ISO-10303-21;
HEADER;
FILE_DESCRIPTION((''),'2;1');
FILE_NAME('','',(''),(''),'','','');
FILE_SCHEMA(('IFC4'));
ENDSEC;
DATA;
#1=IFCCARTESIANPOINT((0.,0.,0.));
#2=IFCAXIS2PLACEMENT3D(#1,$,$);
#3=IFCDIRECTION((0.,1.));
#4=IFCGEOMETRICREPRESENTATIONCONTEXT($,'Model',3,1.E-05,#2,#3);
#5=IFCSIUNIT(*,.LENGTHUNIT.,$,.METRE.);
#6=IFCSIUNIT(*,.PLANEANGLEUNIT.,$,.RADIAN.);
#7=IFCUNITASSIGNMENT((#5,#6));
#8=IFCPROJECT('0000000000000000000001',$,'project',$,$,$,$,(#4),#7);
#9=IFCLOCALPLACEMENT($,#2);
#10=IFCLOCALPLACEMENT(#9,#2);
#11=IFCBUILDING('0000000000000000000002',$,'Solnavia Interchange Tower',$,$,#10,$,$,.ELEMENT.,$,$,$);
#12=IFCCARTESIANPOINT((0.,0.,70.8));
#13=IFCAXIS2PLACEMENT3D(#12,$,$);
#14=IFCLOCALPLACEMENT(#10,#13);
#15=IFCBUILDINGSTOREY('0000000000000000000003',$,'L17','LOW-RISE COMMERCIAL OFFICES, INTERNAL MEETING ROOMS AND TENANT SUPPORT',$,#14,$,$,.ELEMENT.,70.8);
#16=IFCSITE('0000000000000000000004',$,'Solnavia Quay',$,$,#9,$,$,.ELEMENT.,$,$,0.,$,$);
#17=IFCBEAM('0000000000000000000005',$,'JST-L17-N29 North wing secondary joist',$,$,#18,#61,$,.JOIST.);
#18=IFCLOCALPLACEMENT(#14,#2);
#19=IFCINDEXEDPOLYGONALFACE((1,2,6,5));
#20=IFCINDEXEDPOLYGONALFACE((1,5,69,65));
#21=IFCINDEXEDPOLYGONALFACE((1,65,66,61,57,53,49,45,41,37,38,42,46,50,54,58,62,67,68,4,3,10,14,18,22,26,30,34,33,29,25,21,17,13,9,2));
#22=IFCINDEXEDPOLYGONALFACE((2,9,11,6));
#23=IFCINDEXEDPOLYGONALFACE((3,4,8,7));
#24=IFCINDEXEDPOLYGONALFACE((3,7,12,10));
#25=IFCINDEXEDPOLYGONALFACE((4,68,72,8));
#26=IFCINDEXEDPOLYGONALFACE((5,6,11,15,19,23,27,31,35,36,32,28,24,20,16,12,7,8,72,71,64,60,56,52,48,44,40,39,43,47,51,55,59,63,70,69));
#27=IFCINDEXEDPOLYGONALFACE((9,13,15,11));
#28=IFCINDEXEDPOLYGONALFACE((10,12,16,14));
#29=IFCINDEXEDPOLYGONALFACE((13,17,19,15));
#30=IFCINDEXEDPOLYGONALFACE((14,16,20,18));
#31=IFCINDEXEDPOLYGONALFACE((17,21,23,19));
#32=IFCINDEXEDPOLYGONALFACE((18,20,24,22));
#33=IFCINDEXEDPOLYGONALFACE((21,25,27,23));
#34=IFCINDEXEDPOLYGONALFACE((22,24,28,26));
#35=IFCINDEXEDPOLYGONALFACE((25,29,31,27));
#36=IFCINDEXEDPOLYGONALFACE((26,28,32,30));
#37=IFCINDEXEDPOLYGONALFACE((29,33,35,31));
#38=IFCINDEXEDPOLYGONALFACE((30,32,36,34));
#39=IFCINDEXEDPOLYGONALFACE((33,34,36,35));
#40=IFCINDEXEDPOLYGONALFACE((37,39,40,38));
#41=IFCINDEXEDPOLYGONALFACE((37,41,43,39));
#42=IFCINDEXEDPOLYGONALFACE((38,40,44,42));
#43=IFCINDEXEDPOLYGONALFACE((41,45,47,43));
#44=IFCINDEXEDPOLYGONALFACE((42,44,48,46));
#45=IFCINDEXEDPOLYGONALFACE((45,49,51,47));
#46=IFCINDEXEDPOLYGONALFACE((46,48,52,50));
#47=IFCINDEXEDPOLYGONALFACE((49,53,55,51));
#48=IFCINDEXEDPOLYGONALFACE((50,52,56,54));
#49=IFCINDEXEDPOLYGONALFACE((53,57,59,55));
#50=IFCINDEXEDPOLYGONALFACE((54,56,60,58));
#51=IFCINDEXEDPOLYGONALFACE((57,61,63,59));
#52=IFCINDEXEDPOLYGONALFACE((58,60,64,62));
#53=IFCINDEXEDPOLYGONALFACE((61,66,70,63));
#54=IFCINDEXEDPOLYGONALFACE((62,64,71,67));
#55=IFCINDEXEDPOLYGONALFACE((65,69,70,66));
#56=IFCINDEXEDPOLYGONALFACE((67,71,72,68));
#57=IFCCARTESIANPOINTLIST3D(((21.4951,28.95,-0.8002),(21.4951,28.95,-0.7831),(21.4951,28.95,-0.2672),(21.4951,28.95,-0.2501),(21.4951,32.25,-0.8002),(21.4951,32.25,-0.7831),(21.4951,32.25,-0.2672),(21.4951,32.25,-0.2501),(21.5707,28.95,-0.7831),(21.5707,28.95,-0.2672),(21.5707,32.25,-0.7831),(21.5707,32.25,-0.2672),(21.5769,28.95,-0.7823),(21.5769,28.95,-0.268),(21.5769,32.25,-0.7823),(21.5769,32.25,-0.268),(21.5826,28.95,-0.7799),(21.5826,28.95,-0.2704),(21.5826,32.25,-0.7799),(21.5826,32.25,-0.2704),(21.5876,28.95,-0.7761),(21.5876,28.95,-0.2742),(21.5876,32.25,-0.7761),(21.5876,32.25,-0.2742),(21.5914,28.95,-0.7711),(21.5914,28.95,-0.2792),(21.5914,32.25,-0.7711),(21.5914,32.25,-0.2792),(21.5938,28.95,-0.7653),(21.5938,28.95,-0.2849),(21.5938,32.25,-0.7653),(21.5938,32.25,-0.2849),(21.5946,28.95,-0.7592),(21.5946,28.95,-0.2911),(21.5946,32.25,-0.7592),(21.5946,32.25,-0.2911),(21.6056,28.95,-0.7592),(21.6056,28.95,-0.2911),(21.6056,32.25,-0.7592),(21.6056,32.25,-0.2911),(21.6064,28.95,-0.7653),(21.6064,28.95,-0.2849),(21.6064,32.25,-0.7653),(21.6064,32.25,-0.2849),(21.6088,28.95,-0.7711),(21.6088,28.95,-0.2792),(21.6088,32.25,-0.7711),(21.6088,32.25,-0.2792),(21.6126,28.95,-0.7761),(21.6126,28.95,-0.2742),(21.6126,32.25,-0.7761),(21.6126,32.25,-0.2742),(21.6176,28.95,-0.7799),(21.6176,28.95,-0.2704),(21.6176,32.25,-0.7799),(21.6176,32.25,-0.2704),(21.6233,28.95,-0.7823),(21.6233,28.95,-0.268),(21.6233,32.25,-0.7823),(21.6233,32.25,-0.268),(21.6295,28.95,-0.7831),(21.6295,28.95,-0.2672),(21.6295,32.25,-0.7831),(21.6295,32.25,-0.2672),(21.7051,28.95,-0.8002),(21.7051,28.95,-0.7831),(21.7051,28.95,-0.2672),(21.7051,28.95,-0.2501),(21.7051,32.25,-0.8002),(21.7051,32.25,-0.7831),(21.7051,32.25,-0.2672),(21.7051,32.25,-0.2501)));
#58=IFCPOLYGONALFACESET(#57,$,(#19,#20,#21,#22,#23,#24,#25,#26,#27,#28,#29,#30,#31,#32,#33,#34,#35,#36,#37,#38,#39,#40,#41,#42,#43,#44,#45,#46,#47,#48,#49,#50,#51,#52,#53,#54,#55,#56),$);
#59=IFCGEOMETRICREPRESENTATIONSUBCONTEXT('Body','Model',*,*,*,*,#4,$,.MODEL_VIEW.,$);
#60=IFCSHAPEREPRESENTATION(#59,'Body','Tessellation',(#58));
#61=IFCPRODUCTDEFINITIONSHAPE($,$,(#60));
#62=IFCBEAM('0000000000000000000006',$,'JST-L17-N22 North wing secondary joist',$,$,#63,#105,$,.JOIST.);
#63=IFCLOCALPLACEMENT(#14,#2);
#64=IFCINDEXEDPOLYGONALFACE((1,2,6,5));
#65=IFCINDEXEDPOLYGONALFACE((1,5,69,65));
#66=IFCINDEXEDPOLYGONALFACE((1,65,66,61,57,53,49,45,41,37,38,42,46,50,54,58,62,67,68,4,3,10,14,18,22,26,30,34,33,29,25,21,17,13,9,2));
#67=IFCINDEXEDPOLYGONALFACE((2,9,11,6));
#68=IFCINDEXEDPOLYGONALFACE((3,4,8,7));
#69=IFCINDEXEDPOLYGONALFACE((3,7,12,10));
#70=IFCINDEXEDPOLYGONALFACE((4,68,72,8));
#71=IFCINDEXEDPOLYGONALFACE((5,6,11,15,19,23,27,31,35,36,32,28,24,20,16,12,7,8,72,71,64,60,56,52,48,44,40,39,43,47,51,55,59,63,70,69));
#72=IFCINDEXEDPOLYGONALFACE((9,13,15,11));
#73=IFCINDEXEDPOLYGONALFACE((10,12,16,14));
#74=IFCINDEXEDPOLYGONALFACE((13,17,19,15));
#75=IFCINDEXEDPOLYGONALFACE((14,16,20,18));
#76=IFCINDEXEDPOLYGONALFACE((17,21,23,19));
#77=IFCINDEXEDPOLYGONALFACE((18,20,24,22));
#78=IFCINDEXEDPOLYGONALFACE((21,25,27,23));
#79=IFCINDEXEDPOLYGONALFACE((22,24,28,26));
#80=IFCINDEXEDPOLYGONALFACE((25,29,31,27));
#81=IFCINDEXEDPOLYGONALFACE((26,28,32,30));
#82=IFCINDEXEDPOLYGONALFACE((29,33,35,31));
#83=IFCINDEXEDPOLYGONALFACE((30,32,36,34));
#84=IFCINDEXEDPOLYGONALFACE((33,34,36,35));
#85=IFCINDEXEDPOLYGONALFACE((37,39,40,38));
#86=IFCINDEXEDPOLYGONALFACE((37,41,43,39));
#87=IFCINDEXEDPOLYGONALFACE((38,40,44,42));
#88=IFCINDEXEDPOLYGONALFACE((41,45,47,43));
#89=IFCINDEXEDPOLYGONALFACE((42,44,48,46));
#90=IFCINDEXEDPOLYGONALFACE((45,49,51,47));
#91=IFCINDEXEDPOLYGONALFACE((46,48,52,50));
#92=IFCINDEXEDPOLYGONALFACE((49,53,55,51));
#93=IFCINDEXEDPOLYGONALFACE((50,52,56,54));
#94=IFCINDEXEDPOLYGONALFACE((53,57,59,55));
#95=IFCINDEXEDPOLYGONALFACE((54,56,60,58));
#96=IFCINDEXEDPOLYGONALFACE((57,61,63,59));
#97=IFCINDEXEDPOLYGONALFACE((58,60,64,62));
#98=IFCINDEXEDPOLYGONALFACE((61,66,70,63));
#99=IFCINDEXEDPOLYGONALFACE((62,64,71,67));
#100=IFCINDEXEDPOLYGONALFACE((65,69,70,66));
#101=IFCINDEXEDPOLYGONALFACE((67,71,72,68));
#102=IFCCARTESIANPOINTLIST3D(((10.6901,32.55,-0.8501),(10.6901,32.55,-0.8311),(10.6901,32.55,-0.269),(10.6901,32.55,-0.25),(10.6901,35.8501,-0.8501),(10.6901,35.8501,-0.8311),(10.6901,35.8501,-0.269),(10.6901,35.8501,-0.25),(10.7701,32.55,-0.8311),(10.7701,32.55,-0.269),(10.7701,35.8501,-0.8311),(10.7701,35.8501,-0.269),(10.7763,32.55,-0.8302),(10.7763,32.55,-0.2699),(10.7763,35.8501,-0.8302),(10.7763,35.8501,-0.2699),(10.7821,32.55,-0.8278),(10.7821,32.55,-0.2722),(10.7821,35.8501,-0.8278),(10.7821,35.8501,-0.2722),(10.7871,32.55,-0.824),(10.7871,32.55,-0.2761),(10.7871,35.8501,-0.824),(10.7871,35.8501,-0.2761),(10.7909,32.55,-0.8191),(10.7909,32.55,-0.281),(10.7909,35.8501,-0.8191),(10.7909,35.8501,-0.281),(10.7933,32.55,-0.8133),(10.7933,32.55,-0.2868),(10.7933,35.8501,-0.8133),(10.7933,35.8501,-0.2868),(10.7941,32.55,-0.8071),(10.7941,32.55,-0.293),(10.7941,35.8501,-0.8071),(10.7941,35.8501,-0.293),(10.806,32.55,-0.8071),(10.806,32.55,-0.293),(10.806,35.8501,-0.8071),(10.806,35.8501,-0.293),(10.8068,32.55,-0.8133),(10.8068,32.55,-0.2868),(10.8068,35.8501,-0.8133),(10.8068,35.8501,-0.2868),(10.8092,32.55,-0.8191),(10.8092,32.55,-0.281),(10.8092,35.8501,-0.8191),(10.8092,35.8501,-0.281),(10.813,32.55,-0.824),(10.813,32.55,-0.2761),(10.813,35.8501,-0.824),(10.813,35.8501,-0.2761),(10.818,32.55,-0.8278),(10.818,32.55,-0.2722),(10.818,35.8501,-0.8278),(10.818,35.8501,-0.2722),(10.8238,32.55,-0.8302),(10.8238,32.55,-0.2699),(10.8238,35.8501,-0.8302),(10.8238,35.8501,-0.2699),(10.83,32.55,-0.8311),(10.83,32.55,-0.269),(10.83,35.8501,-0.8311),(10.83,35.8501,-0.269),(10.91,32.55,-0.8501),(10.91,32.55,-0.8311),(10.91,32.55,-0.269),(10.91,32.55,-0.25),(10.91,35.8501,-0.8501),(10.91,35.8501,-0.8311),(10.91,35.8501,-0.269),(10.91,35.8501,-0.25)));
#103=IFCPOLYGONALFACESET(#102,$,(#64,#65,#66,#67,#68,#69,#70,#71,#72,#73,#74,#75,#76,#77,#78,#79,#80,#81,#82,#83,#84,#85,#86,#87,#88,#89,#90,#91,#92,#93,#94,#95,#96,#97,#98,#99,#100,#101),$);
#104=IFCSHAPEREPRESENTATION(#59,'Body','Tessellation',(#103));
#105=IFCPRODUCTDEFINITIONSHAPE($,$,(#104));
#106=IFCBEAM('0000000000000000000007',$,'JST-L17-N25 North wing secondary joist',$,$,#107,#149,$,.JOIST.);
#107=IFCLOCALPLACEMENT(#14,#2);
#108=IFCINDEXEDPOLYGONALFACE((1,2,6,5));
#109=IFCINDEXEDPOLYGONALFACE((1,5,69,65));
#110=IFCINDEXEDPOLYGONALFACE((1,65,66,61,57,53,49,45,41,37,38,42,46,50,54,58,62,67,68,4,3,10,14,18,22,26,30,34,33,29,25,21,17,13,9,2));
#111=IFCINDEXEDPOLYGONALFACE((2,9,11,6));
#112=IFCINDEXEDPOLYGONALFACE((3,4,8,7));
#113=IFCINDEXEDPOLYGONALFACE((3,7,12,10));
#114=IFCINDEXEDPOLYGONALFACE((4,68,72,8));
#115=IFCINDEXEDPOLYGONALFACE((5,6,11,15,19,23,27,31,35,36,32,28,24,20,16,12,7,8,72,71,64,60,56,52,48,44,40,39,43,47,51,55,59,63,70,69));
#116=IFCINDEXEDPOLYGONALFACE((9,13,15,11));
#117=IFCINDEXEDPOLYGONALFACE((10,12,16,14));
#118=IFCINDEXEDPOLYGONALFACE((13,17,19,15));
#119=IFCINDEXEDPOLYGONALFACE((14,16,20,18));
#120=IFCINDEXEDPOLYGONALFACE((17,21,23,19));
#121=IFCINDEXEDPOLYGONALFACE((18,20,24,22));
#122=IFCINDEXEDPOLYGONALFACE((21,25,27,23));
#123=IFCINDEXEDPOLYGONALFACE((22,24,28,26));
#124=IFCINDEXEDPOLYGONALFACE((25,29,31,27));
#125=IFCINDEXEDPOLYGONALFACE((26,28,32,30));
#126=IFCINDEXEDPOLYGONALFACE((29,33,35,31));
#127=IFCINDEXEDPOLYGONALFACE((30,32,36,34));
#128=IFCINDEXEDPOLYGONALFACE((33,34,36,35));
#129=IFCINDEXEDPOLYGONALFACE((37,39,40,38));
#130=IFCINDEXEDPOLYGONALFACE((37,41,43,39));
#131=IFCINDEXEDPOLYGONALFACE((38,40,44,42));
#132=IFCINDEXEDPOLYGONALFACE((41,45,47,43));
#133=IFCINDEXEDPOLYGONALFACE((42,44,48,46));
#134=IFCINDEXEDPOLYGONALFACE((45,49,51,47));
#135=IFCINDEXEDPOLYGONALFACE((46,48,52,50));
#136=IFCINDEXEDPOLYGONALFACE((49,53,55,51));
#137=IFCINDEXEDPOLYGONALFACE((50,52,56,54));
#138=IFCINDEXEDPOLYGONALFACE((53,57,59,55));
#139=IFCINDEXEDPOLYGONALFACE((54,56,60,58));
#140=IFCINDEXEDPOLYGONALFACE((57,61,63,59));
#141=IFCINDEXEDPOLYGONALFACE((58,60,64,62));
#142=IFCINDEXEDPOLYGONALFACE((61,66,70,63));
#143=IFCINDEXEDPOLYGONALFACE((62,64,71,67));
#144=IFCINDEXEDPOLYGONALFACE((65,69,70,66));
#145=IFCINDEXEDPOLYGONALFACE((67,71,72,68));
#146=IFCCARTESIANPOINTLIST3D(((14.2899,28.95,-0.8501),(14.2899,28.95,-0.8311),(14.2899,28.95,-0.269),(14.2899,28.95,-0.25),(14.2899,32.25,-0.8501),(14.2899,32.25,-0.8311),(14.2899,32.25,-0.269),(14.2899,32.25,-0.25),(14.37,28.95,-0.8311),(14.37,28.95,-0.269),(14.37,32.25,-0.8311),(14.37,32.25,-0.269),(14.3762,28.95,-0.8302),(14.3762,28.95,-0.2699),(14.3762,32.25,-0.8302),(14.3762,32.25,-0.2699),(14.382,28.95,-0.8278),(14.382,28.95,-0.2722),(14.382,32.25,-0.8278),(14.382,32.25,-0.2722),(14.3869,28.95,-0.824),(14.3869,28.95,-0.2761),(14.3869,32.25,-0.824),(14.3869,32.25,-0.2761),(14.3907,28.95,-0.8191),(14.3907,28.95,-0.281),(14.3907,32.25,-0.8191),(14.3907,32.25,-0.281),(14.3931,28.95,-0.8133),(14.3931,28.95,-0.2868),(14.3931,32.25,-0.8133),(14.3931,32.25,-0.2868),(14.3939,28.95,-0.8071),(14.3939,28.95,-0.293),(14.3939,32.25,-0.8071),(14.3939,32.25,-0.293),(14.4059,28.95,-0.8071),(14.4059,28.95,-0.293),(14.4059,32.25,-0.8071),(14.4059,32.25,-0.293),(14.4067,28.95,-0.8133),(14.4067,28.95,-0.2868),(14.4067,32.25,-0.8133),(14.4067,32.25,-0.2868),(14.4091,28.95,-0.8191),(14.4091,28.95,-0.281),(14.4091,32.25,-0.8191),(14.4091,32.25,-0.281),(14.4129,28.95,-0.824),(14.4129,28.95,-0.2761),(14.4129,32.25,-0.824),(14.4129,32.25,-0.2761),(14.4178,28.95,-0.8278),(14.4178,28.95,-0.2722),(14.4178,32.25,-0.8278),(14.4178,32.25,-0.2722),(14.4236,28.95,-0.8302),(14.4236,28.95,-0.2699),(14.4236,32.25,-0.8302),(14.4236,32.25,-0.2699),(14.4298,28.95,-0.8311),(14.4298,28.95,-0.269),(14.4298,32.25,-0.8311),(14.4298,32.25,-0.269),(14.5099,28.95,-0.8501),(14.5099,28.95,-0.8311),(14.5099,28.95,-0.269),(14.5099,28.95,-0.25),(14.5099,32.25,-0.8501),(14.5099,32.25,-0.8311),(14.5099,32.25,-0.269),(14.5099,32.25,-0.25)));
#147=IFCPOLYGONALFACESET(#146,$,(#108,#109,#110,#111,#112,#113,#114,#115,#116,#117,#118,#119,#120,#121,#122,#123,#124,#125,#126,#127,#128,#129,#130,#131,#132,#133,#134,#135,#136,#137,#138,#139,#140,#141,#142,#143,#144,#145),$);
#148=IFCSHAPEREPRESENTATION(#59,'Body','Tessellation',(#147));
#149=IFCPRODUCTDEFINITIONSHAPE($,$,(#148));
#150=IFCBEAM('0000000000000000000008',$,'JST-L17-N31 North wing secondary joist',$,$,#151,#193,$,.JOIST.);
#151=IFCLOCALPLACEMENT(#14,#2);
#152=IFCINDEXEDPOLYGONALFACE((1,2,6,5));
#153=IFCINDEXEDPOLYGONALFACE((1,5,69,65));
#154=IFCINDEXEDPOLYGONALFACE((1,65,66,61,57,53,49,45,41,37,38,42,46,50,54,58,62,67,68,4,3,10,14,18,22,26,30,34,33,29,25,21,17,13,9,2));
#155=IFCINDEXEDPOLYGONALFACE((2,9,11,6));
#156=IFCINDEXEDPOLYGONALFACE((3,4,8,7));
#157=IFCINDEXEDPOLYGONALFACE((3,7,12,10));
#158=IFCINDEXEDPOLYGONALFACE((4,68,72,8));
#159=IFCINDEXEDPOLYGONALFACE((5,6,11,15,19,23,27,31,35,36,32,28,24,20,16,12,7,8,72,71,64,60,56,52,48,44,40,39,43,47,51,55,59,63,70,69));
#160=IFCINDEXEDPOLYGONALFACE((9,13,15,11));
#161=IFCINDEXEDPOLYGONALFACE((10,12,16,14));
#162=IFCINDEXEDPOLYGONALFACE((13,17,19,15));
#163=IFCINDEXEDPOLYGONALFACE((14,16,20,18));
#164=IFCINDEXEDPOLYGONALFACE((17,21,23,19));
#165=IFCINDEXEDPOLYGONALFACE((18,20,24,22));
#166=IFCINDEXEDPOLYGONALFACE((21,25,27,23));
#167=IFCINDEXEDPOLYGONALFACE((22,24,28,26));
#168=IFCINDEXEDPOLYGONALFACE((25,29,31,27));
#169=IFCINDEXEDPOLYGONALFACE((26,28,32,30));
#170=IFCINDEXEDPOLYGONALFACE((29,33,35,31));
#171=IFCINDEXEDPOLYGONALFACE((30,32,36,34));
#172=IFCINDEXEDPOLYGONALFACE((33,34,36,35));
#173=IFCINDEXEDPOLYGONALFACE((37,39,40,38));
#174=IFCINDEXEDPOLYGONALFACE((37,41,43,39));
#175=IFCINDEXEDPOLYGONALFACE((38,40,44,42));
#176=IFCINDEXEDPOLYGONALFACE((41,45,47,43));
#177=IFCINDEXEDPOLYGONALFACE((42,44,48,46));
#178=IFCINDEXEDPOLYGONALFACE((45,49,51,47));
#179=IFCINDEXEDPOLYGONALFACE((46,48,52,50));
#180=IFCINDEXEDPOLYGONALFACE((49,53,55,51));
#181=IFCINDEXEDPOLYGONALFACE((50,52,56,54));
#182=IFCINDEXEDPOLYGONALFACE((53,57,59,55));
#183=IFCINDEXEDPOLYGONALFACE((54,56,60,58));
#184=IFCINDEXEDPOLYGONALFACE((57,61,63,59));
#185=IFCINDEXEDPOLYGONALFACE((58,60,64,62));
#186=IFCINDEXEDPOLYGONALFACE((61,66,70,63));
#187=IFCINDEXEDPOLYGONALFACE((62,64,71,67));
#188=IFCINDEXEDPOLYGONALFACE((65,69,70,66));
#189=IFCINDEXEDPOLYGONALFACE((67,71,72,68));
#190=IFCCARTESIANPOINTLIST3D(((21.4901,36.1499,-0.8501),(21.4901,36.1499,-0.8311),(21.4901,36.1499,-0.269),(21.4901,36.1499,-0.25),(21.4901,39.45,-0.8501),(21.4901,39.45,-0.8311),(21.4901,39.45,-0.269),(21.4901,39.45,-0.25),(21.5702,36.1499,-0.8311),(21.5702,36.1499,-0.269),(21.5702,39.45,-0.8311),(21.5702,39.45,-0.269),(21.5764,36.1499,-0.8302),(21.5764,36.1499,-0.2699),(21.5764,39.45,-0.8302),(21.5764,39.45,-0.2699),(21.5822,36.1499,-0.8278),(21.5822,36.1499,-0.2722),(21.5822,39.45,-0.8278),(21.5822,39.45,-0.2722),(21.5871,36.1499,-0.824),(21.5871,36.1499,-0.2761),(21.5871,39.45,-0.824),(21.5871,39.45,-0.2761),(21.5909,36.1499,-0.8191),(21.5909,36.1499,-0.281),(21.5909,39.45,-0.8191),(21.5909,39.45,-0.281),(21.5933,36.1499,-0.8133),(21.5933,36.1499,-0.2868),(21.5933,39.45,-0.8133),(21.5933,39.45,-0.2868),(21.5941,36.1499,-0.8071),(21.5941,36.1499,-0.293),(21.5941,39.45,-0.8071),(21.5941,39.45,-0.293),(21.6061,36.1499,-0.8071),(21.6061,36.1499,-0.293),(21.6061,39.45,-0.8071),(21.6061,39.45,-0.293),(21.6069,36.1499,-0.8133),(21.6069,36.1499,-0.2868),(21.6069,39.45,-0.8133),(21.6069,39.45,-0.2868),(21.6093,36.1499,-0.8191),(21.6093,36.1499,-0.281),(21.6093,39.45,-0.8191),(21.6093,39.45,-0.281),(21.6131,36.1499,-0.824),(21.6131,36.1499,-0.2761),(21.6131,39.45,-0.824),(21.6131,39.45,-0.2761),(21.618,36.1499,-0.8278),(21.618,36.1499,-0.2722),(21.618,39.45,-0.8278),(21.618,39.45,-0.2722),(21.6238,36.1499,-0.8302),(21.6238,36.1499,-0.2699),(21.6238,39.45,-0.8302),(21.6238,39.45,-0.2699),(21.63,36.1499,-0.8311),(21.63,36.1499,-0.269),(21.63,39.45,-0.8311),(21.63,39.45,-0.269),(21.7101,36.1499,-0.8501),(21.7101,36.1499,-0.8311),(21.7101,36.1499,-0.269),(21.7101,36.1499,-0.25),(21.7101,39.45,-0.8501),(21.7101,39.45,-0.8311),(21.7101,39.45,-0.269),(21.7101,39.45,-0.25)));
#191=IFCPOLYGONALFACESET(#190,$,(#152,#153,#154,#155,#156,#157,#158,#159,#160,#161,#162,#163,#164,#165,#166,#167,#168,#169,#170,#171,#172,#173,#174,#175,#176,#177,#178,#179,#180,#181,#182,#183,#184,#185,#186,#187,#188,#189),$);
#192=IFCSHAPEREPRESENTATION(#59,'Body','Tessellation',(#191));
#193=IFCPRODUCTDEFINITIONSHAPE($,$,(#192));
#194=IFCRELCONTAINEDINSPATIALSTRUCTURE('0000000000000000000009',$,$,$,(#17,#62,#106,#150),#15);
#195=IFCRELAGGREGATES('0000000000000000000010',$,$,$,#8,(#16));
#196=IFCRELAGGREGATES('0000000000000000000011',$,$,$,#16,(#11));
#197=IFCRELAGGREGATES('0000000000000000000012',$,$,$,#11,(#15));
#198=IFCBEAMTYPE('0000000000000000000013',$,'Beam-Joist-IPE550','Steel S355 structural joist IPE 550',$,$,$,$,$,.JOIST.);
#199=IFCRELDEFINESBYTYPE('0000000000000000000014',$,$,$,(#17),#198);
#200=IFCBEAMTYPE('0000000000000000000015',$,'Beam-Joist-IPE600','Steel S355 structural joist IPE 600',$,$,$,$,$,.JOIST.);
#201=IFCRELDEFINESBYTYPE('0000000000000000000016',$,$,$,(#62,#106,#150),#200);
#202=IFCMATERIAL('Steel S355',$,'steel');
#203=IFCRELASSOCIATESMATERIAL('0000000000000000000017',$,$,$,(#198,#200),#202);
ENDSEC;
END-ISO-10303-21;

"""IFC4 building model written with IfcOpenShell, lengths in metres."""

from ifc_helpers import new_model, si_unit, direction, frame, origin, origin_2d, place, context, subcontext, project, spatial, i_section, extrude, material, material_profile, profile_set, type_object, element, save


model = new_model("IFC4")

# Units and contexts
model_context = context("Model", 3, precision=1e-05, world=origin(), true_north=direction((0.0, 1.0)))
body_context = subcontext(model_context, "Body", "Model", "MODEL_VIEW")
ifc_project = project(units=[si_unit("LENGTHUNIT", "METRE"), si_unit("PLANEANGLEUNIT", "RADIAN")], contexts=[model_context])

# Site, building, storey
site_placement = place(None, origin())
site = spatial("IfcSite", under=ifc_project, at=site_placement, Name="Solnavia Quay", CompositionType="ELEMENT", RefElevation=0.0)
building_placement = place(site_placement, origin())
building = spatial("IfcBuilding", under=site, at=building_placement, Name="Solnavia Interchange Tower", CompositionType="ELEMENT")
storey_placement = place(building_placement, frame((0.0, 0.0, 70.8)))
storey = spatial("IfcBuildingStorey", under=building, at=storey_placement, Name="L17", Description="LOW-RISE COMMERCIAL OFFICES, INTERNAL MEETING ROOMS AND TENANT SUPPORT", CompositionType="ELEMENT", Elevation=70.8)

# Shared definitions
ifc_material_1 = material(Name="Steel S355", Category="steel")

# Beams
ifc_material_profile_1 = material_profile(ifc_material_1, i_section(OverallWidth=0.21, OverallDepth=0.55, WebThickness=0.011, FlangeThickness=0.0171, FilletRadius=0.0239, at=origin_2d()), Name="IPE 550")
ifc_profile_set_1 = profile_set([ifc_material_profile_1], Name="Steel S355")
beam_type_1 = type_object("IfcBeamType", Name="Beam-Joist-IPE550", Description="Steel S355 structural joist IPE 550", PredefinedType="JOIST", material=ifc_profile_set_1)
for number, where, z_axis, x_axis, name in (
    (1, (21.6001, 28.95, -0.5251), (0.0, 1.0, 0.0), (-1.0, 0.0, 0.0), "JST-L17-N29 North wing secondary joist"),
):
    element("IfcBeam", number, at=place(storey_placement, frame(where, z_axis=z_axis, x_axis=x_axis)), inside=storey, type_object=beam_type_1, Name=name, PredefinedType="JOIST", context=body_context, shape_type="SweptSolid", body=[
        extrude(i_section(OverallWidth=0.21, OverallDepth=0.55, WebThickness=0.011, FlangeThickness=0.0171, FilletRadius=0.0239, at=origin_2d()), origin(), (0.0, 0.0, 1.0), 3.3),
    ])
ifc_material_profile_2 = material_profile(ifc_material_1, i_section(OverallWidth=0.22, OverallDepth=0.6001, WebThickness=0.012, FlangeThickness=0.019, FilletRadius=0.0239, at=origin_2d()), Name="IPE 600")
ifc_profile_set_2 = profile_set([ifc_material_profile_2], Name="Steel S355")
beam_type_2 = type_object("IfcBeamType", Name="Beam-Joist-IPE600", Description="Steel S355 structural joist IPE 600", PredefinedType="JOIST", material=ifc_profile_set_2)
for number, where, z_axis, x_axis, name in (
    (2, (10.8, 32.55, -0.55), (0.0, 1.0, 0.0), (-1.0, 0.0, 0.0), "JST-L17-N22 North wing secondary joist"),
    (3, (14.3999, 28.95, -0.55), (0.0, 1.0, 0.0), (-1.0, 0.0, 0.0), "JST-L17-N25 North wing secondary joist"),
    (4, (21.6001, 36.1499, -0.55), (0.0, 1.0, 0.0), (-1.0, 0.0, 0.0), "JST-L17-N31 North wing secondary joist"),
):
    element("IfcBeam", number, at=place(storey_placement, frame(where, z_axis=z_axis, x_axis=x_axis)), inside=storey, type_object=beam_type_2, Name=name, PredefinedType="JOIST", context=body_context, shape_type="SweptSolid", body=[
        extrude(i_section(OverallWidth=0.22, OverallDepth=0.6001, WebThickness=0.012, FlangeThickness=0.019, FilletRadius=0.0239, at=origin_2d()), origin(), (0.0, 0.0, 1.0), 3.3),
    ])

save(model, "model.ifc")
